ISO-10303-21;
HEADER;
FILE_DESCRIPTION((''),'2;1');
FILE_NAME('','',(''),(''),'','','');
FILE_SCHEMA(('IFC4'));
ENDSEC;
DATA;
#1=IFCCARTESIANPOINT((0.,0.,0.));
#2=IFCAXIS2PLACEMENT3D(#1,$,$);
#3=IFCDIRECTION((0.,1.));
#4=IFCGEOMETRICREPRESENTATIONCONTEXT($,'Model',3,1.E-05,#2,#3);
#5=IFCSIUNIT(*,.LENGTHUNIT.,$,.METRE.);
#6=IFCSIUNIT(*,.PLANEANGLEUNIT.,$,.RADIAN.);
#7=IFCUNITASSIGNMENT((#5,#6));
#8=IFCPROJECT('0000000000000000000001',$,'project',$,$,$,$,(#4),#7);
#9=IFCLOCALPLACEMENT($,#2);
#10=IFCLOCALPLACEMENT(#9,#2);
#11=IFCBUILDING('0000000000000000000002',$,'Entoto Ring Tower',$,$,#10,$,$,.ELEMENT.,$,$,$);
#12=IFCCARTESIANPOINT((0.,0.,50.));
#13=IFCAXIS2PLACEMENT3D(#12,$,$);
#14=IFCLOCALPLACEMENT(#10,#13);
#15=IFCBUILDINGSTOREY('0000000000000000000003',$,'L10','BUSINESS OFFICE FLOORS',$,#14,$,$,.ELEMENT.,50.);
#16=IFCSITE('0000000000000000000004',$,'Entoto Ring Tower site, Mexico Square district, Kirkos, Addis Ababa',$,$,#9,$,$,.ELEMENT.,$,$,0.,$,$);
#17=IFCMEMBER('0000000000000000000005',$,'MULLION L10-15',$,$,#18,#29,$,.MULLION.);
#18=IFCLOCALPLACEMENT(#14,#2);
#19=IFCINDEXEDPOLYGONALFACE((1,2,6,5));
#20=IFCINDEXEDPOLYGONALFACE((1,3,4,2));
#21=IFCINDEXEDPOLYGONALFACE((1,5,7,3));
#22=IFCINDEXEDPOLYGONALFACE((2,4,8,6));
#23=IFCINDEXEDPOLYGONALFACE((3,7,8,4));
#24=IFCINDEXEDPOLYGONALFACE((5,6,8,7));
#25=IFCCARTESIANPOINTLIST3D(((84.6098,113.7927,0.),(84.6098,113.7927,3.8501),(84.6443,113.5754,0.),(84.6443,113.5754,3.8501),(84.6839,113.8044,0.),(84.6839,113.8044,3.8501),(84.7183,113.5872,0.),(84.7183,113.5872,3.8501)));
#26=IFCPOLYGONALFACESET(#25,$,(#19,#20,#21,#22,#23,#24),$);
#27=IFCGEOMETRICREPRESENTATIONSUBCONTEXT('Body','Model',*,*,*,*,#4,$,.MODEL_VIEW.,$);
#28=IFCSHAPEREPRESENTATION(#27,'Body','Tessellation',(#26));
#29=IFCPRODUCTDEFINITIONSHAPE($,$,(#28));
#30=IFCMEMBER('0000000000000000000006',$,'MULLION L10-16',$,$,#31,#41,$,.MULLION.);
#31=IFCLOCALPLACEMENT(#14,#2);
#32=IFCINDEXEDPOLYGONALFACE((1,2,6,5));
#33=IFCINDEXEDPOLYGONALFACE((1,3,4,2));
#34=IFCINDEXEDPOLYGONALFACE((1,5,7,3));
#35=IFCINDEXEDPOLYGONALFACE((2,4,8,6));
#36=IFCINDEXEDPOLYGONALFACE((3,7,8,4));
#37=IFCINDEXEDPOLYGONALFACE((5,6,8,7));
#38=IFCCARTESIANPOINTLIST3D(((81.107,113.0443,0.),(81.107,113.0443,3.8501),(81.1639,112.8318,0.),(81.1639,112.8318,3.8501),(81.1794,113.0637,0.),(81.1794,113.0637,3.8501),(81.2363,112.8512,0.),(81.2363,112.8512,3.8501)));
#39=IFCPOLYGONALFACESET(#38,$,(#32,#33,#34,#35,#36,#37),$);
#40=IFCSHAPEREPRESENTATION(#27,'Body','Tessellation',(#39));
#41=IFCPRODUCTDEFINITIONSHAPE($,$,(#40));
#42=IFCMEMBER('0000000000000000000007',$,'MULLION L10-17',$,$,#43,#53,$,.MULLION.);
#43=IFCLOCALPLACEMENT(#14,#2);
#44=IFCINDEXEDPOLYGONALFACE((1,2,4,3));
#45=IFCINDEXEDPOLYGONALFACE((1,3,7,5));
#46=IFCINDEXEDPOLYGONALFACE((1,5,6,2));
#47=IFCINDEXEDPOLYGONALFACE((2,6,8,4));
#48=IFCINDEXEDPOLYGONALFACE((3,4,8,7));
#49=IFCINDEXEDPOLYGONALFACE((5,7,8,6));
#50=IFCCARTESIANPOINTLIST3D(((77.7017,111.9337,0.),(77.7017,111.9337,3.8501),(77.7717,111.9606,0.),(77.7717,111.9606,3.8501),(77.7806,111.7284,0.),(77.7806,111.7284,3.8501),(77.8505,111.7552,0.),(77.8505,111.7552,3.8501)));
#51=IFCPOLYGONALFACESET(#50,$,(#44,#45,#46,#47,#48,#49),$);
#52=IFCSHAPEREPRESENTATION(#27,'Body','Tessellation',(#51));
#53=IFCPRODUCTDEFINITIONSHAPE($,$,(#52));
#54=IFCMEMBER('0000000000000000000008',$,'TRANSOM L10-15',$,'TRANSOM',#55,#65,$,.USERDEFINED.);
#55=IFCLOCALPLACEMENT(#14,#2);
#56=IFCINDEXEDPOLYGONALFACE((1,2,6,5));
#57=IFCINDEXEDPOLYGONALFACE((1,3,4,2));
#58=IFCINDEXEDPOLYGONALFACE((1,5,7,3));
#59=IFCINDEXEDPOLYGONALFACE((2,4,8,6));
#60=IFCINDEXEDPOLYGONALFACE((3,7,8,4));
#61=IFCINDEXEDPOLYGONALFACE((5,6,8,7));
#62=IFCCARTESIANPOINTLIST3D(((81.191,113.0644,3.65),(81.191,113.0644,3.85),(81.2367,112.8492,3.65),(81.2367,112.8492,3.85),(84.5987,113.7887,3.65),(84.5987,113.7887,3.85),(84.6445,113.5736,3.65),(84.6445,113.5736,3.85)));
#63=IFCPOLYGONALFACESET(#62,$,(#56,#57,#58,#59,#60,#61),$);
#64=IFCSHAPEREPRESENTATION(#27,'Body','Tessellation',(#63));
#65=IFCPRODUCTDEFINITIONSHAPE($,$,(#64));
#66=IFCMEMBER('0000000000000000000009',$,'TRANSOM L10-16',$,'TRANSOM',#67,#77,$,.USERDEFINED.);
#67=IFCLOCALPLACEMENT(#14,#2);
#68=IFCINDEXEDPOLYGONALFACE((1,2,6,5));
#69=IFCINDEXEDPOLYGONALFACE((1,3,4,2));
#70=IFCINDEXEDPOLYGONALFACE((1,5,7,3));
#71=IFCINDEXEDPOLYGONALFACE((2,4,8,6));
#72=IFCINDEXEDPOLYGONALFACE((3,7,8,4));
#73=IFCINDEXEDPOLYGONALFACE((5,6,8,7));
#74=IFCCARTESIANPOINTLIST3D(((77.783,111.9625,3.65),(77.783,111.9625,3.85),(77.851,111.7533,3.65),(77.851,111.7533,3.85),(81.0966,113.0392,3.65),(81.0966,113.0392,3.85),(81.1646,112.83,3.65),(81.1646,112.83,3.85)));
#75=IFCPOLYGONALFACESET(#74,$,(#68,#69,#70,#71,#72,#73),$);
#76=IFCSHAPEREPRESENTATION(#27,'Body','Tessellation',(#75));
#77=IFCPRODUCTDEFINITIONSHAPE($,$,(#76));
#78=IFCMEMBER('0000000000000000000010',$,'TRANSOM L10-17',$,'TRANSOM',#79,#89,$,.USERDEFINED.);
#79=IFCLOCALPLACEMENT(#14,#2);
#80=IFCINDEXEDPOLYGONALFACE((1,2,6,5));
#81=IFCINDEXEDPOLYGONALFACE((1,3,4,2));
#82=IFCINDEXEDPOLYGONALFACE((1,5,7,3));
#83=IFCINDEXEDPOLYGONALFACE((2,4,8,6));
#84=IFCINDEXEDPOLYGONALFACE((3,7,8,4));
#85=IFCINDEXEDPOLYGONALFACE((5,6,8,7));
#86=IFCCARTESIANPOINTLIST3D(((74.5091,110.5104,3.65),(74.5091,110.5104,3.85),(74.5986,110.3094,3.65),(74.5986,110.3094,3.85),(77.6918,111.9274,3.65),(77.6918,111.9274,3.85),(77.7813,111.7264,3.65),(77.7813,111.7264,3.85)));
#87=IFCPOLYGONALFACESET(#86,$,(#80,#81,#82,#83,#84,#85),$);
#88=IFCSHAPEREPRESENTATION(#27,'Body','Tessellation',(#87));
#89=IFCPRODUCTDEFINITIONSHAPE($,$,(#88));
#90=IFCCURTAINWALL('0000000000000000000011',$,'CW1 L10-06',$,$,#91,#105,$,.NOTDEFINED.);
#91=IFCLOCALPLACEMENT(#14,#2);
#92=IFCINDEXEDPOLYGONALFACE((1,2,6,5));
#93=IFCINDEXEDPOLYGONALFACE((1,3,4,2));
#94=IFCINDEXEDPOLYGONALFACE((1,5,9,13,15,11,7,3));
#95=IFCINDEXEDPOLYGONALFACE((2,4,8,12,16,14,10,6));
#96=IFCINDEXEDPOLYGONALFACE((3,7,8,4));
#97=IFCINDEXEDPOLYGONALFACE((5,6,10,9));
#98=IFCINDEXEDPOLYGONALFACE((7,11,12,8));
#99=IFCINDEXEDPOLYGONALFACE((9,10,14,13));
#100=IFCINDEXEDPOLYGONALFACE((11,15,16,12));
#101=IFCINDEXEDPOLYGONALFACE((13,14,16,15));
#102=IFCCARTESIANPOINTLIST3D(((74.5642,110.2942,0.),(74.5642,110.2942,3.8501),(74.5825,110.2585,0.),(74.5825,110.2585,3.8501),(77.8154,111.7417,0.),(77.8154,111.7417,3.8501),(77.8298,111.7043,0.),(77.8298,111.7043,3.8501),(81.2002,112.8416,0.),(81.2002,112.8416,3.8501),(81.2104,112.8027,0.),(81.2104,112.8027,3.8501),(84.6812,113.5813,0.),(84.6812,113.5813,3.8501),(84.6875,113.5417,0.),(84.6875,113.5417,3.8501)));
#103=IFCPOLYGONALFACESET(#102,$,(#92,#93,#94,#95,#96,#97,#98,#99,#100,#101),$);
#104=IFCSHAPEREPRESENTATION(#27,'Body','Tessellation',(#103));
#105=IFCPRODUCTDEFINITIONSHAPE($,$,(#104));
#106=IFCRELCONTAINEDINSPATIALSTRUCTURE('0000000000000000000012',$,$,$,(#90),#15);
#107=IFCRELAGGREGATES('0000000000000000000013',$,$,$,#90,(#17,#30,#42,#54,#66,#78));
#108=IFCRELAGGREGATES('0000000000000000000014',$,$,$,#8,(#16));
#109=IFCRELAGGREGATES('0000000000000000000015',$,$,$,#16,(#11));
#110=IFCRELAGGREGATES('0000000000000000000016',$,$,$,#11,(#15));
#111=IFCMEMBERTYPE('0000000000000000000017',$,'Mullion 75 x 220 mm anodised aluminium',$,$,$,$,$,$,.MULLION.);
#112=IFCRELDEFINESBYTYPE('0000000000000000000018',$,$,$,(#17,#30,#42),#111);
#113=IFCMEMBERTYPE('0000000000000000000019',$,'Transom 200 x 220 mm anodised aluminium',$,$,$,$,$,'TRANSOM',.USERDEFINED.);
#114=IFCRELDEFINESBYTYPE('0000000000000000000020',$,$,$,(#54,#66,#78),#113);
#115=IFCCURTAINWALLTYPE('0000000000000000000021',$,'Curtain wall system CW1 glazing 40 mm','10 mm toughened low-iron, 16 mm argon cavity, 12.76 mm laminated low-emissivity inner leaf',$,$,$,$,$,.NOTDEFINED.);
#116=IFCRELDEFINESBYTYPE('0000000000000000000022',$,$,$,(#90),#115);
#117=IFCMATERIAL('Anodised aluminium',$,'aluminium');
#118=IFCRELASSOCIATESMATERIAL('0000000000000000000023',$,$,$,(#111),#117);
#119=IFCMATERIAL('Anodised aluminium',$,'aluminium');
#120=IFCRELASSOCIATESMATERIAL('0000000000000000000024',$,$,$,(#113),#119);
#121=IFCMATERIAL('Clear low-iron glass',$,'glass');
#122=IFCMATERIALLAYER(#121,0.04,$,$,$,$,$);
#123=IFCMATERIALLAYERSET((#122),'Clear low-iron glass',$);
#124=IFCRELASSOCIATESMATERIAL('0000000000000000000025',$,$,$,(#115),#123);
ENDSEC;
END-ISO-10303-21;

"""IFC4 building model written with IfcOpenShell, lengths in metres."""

from ifc_helpers import new_model, si_unit, direction, frame, origin, origin_2d, place, context, subcontext, project, spatial, polyline, rectangle, outline, extrude, material, layer, layer_set, material_profile, profile_set, type_object, element, aggregate, save


model = new_model("IFC4")

# Units and contexts
model_context = context("Model", 3, precision=1e-05, world=origin(), true_north=direction((0.0, 1.0)))
body_context = subcontext(model_context, "Body", "Model", "MODEL_VIEW")
ifc_project = project(units=[si_unit("LENGTHUNIT", "METRE"), si_unit("PLANEANGLEUNIT", "RADIAN")], contexts=[model_context])

# Members
ifc_material_1 = material(Name="Anodised aluminium", Category="aluminium")
ifc_material_profile_1 = material_profile(ifc_material_1, rectangle(XDim=0.075, YDim=0.22, at=origin_2d()), Name="Mullion 75 x 220 mm anodised aluminium")
ifc_profile_set_1 = profile_set([ifc_material_profile_1], Name="Anodised aluminium")
member_type_1 = type_object("IfcMemberType", Name="Mullion 75 x 220 mm anodised aluminium", PredefinedType="MULLION", material=ifc_profile_set_1)
site_placement = place(None, origin())
building_placement = place(site_placement, origin())
storey_placement = place(building_placement, frame((0.0, 0.0, 50.0)))
member_1_placement = place(storey_placement, frame((84.6641, 113.6899, 0.0), z_axis=(0.0, 0.0, 1.0), x_axis=(-0.987688, -0.156434, 0.0)))
member_1 = element("IfcMember", 1, at=member_1_placement, type_object=member_type_1, Name="MULLION L10-15", PredefinedType="MULLION", context=body_context, shape_type="SweptSolid", body=[
    extrude(rectangle(XDim=0.075, YDim=0.22, at=origin_2d()), origin(), (0.0, 0.0, 1.0), 3.8501),
])
member_2_placement = place(storey_placement, frame((81.1716, 112.9478, 0.0), z_axis=(0.0, 0.0, 1.0), x_axis=(-0.965926, -0.258819, 0.0)))
member_2 = element("IfcMember", 2, at=member_2_placement, type_object=member_type_1, Name="MULLION L10-16", PredefinedType="MULLION", context=body_context, shape_type="SweptSolid", body=[
    extrude(rectangle(XDim=0.075, YDim=0.22, at=origin_2d()), origin(), (0.0, 0.0, 1.0), 3.8501),
])
member_3_placement = place(storey_placement, frame((77.7761, 111.8445, 0.0), z_axis=(0.0, 0.0, 1.0), x_axis=(-0.93358, -0.358368, 0.0)))
member_3 = element("IfcMember", 3, at=member_3_placement, type_object=member_type_1, Name="MULLION L10-17", PredefinedType="MULLION", context=body_context, shape_type="SweptSolid", body=[
    extrude(rectangle(XDim=0.075, YDim=0.22, at=origin_2d()), origin(), (0.0, 0.0, 1.0), 3.8501),
])
ifc_material_2 = material(Name="Anodised aluminium", Category="aluminium")
ifc_material_profile_2 = material_profile(ifc_material_2, rectangle(XDim=0.22, YDim=0.2, at=origin_2d()), Name="Transom 200 x 220 mm anodised aluminium")
ifc_profile_set_2 = profile_set([ifc_material_profile_2], Name="Anodised aluminium")
member_type_2 = type_object("IfcMemberType", Name="Transom 200 x 220 mm anodised aluminium", ElementType="TRANSOM", PredefinedType="USERDEFINED", material=ifc_profile_set_2)
member_4_placement = place(storey_placement, frame((84.6216, 113.6812, 3.75), z_axis=(-0.978146, -0.207921, 0.0), x_axis=(0.207921, -0.978146, 0.0)))
member_4 = element("IfcMember", 4, at=member_4_placement, type_object=member_type_2, Name="TRANSOM L10-15", ObjectType="TRANSOM", PredefinedType="USERDEFINED", context=body_context, shape_type="SweptSolid", body=[
    extrude(rectangle(XDim=0.22, YDim=0.2, at=origin_2d()), origin(), (0.0, 0.0, 1.0), 3.4839),
])
member_5_placement = place(storey_placement, frame((81.1306, 112.9346, 3.75), z_axis=(-0.951053, -0.309029, 0.0), x_axis=(0.309029, -0.951053, 0.0)))
member_5 = element("IfcMember", 5, at=member_5_placement, type_object=member_type_2, Name="TRANSOM L10-16", ObjectType="TRANSOM", PredefinedType="USERDEFINED", context=body_context, shape_type="SweptSolid", body=[
    extrude(rectangle(XDim=0.22, YDim=0.2, at=origin_2d()), origin(), (0.0, 0.0, 1.0), 3.4841),
])
member_6_placement = place(storey_placement, frame((77.7366, 111.8269, 3.75), z_axis=(-0.913545, -0.406737, 0.0), x_axis=(0.406737, -0.913545, 0.0)))
member_6 = element("IfcMember", 6, at=member_6_placement, type_object=member_type_2, Name="TRANSOM L10-17", ObjectType="TRANSOM", PredefinedType="USERDEFINED", context=body_context, shape_type="SweptSolid", body=[
    extrude(rectangle(XDim=0.22, YDim=0.2, at=origin_2d()), origin(), (0.0, 0.0, 1.0), 3.4839),
])

# Site, building, storey
site = spatial("IfcSite", under=ifc_project, at=site_placement, Name="Entoto Ring Tower site, Mexico Square district, Kirkos, Addis Ababa", CompositionType="ELEMENT", RefElevation=0.0)
building = spatial("IfcBuilding", under=site, at=building_placement, Name="Entoto Ring Tower", CompositionType="ELEMENT")
storey = spatial("IfcBuildingStorey", under=building, at=storey_placement, Name="L10", Description="BUSINESS OFFICE FLOORS", CompositionType="ELEMENT", Elevation=50.0)

# Curtain wall
ifc_material_3 = material(Name="Clear low-iron glass", Category="glass")
ifc_layer = layer(ifc_material_3, 0.04)
ifc_layer_set = layer_set([ifc_layer], Name="Clear low-iron glass")
curtain_wall_type = type_object("IfcCurtainWallType", Name="Curtain wall system CW1 glazing 40 mm", Description="10 mm toughened low-iron, 16 mm argon cavity, 12.76 mm laminated low-emissivity inner leaf", PredefinedType="NOTDEFINED", material=ifc_layer_set)
curtain_wall_1_placement = place(storey_placement, origin())
curtain_wall_1 = element("IfcCurtainWall", 7, at=curtain_wall_1_placement, inside=storey, type_object=curtain_wall_type, Name="CW1 L10-06", PredefinedType="NOTDEFINED", context=body_context, shape_type="SweptSolid", body=[
    extrude(outline(polyline([(84.6812, 113.5813), (81.2002, 112.8416), (77.8154, 111.7417), (74.5642, 110.2942), (74.5825, 110.2585), (77.8298, 111.7043), (81.2104, 112.8027), (84.6875, 113.5417), (84.6812, 113.5813)])), origin(), (0.0, 0.0, 1.0), 3.8501),
])
aggregate(curtain_wall_1, [member_1, member_2, member_3, member_4, member_5, member_6])

save(model, "model.ifc")
